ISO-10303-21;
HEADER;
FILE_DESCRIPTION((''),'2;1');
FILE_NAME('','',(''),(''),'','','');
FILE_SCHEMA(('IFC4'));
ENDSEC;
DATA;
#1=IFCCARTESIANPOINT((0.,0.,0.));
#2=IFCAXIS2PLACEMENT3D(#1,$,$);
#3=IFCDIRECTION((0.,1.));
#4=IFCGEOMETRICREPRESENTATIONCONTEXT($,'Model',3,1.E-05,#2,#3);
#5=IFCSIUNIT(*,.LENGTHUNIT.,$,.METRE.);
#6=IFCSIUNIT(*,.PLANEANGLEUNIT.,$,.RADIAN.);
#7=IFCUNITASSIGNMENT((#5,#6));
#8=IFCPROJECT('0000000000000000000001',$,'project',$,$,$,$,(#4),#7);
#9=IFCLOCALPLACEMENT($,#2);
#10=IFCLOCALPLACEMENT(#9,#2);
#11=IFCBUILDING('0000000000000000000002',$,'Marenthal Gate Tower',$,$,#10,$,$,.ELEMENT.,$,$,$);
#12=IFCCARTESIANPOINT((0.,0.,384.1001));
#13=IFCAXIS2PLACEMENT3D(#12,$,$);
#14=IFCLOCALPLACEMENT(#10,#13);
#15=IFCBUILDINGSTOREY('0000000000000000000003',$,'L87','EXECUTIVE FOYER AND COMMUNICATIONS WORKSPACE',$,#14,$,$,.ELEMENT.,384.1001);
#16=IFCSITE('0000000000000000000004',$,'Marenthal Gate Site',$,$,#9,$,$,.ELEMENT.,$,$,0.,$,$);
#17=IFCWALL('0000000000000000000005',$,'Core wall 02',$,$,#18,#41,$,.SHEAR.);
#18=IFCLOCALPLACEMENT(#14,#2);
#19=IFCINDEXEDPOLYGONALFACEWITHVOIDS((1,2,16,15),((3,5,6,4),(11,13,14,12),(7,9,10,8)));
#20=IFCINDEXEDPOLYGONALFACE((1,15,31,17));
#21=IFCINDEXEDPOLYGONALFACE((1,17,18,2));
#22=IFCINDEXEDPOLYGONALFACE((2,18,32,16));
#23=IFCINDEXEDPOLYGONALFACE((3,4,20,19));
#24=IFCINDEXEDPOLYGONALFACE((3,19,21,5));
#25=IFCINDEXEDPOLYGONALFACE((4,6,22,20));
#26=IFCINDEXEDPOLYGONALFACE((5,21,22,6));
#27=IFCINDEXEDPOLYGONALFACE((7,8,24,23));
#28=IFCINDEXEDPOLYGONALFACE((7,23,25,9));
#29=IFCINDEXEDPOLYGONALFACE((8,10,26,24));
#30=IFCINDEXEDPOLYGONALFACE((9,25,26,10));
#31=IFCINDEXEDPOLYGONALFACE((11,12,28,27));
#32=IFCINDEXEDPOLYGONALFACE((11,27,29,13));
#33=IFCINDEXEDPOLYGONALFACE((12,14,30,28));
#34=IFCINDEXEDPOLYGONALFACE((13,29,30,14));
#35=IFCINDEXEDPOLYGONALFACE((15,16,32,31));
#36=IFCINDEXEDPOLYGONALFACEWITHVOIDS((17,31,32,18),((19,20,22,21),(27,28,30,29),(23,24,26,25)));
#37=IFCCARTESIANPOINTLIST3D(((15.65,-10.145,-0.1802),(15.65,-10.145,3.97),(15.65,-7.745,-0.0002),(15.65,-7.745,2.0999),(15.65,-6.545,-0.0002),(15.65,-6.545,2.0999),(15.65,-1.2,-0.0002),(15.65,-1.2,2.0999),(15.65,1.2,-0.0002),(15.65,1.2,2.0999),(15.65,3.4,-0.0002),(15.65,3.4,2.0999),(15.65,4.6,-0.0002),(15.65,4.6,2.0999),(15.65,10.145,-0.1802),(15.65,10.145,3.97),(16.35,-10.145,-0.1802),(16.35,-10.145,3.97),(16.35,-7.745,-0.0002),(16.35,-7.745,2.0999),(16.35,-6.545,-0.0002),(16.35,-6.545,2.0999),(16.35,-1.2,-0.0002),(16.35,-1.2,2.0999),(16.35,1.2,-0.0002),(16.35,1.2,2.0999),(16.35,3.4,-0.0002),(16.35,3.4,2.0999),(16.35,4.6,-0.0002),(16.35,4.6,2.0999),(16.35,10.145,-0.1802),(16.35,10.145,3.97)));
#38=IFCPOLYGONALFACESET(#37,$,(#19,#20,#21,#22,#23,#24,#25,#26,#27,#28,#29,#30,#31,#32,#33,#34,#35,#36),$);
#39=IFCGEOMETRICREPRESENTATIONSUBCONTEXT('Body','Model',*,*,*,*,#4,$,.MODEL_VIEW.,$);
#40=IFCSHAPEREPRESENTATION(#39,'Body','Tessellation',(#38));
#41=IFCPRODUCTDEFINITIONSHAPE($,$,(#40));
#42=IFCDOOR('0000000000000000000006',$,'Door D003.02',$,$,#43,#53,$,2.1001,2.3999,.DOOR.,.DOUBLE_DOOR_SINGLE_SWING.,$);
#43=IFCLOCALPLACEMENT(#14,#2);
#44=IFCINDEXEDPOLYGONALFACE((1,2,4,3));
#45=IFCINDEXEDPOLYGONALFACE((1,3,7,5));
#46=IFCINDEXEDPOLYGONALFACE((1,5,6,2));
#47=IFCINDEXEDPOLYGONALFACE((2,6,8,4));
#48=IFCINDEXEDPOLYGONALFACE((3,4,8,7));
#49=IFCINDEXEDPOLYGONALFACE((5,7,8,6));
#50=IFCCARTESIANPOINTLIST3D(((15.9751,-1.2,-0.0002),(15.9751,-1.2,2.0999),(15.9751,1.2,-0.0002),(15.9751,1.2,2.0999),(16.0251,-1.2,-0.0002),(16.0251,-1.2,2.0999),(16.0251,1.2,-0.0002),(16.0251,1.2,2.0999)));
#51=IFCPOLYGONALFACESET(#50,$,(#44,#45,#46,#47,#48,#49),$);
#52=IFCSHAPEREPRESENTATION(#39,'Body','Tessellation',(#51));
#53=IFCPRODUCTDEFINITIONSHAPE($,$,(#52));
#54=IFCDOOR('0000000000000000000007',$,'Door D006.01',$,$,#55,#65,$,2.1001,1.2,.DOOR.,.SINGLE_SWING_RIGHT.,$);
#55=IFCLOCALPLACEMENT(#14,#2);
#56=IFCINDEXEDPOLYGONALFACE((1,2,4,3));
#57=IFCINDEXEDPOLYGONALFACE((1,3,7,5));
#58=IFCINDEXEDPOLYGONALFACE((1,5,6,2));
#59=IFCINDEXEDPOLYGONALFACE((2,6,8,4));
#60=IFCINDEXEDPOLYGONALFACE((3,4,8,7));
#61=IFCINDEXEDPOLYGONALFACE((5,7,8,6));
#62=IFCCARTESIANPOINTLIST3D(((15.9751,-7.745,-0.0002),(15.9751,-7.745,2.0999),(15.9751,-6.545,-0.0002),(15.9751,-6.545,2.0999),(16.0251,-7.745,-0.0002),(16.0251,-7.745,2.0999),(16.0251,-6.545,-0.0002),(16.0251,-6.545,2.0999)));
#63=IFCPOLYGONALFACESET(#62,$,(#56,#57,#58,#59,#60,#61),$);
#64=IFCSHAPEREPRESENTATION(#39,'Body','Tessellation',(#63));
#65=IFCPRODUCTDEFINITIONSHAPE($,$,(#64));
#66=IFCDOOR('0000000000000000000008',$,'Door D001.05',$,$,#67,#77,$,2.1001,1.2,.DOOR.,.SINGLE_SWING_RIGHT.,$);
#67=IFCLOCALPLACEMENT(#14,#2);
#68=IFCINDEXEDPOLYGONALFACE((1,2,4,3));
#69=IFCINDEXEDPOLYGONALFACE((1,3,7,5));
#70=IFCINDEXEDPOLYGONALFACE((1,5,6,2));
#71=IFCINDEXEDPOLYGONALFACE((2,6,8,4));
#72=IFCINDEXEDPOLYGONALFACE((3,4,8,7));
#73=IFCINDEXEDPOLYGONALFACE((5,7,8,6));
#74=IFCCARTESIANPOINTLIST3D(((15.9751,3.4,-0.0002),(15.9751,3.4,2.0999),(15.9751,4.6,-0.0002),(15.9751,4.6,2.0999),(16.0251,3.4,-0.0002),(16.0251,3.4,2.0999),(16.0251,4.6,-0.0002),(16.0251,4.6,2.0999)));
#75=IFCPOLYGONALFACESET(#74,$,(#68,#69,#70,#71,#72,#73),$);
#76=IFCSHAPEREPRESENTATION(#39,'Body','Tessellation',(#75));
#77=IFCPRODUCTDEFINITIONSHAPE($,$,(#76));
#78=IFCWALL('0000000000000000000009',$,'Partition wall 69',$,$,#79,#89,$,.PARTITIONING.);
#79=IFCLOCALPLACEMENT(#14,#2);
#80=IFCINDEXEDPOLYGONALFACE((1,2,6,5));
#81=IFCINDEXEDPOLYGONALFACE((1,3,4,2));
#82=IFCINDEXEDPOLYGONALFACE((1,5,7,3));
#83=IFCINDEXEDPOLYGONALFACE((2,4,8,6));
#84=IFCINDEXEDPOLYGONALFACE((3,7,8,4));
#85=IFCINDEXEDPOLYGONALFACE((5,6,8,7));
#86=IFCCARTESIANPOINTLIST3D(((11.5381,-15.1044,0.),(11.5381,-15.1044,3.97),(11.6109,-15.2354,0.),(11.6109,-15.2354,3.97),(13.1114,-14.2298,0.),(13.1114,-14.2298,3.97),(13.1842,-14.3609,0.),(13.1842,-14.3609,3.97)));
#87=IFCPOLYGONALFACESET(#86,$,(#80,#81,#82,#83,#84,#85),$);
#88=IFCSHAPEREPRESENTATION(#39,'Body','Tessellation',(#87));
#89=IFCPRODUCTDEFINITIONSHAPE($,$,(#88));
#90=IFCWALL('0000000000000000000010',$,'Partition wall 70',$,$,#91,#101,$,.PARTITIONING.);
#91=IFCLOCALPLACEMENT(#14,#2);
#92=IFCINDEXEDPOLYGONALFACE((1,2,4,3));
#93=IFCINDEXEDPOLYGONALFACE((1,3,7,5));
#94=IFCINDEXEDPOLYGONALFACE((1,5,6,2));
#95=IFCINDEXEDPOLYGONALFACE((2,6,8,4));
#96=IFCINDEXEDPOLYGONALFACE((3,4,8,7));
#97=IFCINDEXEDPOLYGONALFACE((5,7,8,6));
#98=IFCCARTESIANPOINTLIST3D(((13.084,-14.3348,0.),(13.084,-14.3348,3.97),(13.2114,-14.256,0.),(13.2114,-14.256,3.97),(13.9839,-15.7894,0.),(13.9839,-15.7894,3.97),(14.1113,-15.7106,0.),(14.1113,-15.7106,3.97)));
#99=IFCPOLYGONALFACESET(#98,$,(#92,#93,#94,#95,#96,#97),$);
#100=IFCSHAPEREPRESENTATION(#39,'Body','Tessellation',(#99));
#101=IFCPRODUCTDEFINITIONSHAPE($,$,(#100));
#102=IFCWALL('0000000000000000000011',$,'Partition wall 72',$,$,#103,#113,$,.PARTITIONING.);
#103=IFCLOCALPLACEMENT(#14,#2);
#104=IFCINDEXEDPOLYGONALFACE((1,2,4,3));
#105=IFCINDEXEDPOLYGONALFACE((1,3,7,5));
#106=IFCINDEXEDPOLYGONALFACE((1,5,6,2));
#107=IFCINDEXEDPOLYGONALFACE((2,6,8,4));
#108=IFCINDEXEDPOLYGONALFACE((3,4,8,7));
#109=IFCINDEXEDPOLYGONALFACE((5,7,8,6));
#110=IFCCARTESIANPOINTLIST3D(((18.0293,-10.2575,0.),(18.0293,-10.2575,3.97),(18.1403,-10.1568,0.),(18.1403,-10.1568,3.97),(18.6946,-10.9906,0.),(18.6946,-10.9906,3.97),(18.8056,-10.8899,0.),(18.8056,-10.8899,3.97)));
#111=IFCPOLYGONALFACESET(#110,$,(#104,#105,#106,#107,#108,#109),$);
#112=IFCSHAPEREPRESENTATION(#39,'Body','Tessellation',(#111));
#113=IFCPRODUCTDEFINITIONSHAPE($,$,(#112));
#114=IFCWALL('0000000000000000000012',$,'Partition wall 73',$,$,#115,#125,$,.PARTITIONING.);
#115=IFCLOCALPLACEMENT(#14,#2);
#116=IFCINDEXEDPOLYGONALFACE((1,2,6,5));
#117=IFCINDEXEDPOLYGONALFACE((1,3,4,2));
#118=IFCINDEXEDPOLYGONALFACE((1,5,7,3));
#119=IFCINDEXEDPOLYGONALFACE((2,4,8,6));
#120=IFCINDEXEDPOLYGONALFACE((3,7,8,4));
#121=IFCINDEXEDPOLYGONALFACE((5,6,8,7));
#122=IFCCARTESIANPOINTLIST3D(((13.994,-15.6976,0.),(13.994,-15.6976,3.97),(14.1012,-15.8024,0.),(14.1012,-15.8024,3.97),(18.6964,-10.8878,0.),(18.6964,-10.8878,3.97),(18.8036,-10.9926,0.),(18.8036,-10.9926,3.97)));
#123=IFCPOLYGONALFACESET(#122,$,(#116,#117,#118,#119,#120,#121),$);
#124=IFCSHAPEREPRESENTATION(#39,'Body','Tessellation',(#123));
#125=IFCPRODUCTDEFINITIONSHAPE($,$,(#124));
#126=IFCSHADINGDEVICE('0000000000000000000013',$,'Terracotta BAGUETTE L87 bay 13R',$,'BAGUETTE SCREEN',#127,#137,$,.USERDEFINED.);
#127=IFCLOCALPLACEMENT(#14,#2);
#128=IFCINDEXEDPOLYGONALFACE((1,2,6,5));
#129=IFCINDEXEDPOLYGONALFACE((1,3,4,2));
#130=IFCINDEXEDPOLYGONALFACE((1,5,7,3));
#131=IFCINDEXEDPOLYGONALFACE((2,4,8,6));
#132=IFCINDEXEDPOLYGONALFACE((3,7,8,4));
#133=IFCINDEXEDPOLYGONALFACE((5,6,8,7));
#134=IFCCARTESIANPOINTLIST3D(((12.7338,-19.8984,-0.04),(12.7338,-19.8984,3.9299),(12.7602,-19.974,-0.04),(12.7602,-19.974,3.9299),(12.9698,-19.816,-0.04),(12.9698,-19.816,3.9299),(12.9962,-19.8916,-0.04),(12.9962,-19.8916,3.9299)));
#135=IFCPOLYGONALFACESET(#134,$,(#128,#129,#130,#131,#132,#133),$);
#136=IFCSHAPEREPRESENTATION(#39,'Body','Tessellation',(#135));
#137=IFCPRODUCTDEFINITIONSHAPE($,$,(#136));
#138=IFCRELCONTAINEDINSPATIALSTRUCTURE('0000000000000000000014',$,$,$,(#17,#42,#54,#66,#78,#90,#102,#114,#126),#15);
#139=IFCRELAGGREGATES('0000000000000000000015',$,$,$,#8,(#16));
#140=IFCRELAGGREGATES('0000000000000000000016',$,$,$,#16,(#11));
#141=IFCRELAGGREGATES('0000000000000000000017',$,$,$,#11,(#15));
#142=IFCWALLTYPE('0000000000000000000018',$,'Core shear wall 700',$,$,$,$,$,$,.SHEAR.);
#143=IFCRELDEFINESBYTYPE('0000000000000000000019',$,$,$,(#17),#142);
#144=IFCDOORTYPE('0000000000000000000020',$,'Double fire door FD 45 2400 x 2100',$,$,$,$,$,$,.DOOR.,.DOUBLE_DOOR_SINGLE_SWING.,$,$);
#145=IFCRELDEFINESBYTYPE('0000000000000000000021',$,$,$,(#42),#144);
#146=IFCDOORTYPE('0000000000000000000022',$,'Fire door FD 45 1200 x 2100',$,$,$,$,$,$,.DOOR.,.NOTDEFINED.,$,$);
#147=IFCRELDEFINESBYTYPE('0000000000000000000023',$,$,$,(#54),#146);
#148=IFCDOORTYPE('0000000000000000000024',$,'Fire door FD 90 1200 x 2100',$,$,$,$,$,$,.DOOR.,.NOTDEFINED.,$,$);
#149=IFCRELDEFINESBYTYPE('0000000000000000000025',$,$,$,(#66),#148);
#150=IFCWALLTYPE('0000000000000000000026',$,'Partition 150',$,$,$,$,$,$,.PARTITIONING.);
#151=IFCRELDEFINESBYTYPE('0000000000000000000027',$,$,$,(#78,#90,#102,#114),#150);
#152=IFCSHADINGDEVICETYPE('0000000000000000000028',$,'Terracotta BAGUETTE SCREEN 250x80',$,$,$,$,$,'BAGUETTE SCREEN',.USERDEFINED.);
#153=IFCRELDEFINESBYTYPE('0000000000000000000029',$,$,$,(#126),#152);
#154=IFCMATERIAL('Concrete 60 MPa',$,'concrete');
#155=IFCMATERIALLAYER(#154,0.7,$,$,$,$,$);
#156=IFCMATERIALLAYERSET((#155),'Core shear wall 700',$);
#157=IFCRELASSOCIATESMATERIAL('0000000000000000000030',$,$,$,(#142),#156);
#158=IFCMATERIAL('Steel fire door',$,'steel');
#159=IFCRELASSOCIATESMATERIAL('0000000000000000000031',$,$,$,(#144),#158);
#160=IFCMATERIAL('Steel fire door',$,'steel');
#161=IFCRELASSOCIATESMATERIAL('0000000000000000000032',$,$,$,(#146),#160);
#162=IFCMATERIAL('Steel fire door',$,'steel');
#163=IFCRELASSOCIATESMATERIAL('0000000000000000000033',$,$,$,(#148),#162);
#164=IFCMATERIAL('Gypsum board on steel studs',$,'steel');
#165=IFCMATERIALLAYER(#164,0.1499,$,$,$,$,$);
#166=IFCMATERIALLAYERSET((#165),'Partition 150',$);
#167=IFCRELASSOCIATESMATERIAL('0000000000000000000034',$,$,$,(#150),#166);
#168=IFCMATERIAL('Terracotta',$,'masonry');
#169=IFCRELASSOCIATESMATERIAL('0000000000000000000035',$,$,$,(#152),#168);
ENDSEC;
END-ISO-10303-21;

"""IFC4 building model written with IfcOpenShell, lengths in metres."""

from ifc_helpers import new_model, si_unit, direction, frame, frame_2d, origin, origin_2d, place, context, subcontext, project, spatial, rectangle, extrude, material, layer, layer_set, material_profile, profile_set, type_object, element, fill, save


model = new_model("IFC4")

# Units and contexts
model_context = context("Model", 3, precision=1e-05, world=origin(), true_north=direction((0.0, 1.0)))
body_context = subcontext(model_context, "Body", "Model", "MODEL_VIEW")
ifc_project = project(units=[si_unit("LENGTHUNIT", "METRE"), si_unit("PLANEANGLEUNIT", "RADIAN")], contexts=[model_context])

# Site, building, storey
site_placement = place(None, origin())
site = spatial("IfcSite", under=ifc_project, at=site_placement, Name="Marenthal Gate Site", CompositionType="ELEMENT", RefElevation=0.0)
building_placement = place(site_placement, origin())
building = spatial("IfcBuilding", under=site, at=building_placement, Name="Marenthal Gate Tower", CompositionType="ELEMENT")
storey_placement = place(building_placement, frame((0.0, 0.0, 384.1001)))
storey = spatial("IfcBuildingStorey", under=building, at=storey_placement, Name="L87", Description="EXECUTIVE FOYER AND COMMUNICATIONS WORKSPACE", CompositionType="ELEMENT", Elevation=384.1001)

# Shared definitions
ifc_material_1 = material(Name="Concrete 60 MPa", Category="concrete")
ifc_layer_1 = layer(ifc_material_1, 0.7)
ifc_layer_set_1 = layer_set([ifc_layer_1], Name="Core shear wall 700")
wall_type_1 = type_object("IfcWallType", Name="Core shear wall 700", PredefinedType="SHEAR", material=ifc_layer_set_1)

# Wall, openings, doors
wall_1_placement = place(storey_placement, frame((16.0, -10.145, -0.1802), z_axis=(0.0, 0.0, 1.0), x_axis=(0.0, 1.0, 0.0)))
wall_1 = element("IfcWall", 1, at=wall_1_placement, inside=storey, type_object=wall_type_1, Name="Core wall 02", PredefinedType="SHEAR", context=body_context, shape_type="SweptSolid", body=[
    extrude(rectangle(XDim=20.29, YDim=0.7, at=frame_2d((10.145, 0.0))), origin(), (0.0, 0.0, 1.0), 4.1501),
])
opening_1_placement = place(wall_1_placement, frame((8.9451, 0.0, 0.1799)))
opening_1 = element("IfcOpeningElement", 2, at=opening_1_placement, cuts=wall_1, PredefinedType="OPENING", context=body_context, shape_type="SweptSolid", body=[
    extrude(rectangle(XDim=2.3999, YDim=2.1001, at=frame_2d((1.2, 1.05))), frame((0.0, 0.3599, 0.0), z_axis=(0.0, -1.0, 0.0), x_axis=(1.0, 0.0, 0.0)), (0.0, 0.0, 1.0), 0.72),
])
opening_2_placement = place(wall_1_placement, frame((13.5449, 0.0, 0.1799)))
opening_2 = element("IfcOpeningElement", 3, at=opening_2_placement, cuts=wall_1, PredefinedType="OPENING", context=body_context, shape_type="SweptSolid", body=[
    extrude(rectangle(XDim=1.2, YDim=2.1001, at=frame_2d((0.6001, 1.05))), frame((0.0, 0.3599, 0.0), z_axis=(0.0, -1.0, 0.0), x_axis=(1.0, 0.0, 0.0)), (0.0, 0.0, 1.0), 0.72),
])
opening_3_placement = place(wall_1_placement, frame((2.3999, 0.0, 0.1799)))
opening_3 = element("IfcOpeningElement", 4, at=opening_3_placement, cuts=wall_1, PredefinedType="OPENING", context=body_context, shape_type="SweptSolid", body=[
    extrude(rectangle(XDim=1.2, YDim=2.1001, at=frame_2d((0.6001, 1.05))), frame((0.0, 0.3599, 0.0), z_axis=(0.0, -1.0, 0.0), x_axis=(1.0, 0.0, 0.0)), (0.0, 0.0, 1.0), 0.72),
])
ifc_material_2 = material(Name="Steel fire door", Category="steel")
door_type_1 = type_object("IfcDoorType", Name="Double fire door FD 45 2400 x 2100", OperationType="DOUBLE_DOOR_SINGLE_SWING", PredefinedType="DOOR", material=ifc_material_2)
door_1_placement = place(opening_1_placement, origin())
door_1 = element("IfcDoor", 5, at=door_1_placement, inside=storey, type_object=door_type_1, Name="Door D003.02", OperationType="DOUBLE_DOOR_SINGLE_SWING", OverallHeight=2.1001, OverallWidth=2.3999, PredefinedType="DOOR", context=body_context, shape_type="SweptSolid", body=[
    extrude(rectangle(XDim=2.3999, YDim=2.1001, at=frame_2d((1.2, 1.05))), frame((0.0, 0.0249, 0.0), z_axis=(0.0, -1.0, 0.0), x_axis=(1.0, 0.0, 0.0)), (0.0, 0.0, 1.0), 0.05),
])
fill(opening_1, door_1)
ifc_material_3 = material(Name="Steel fire door", Category="steel")
door_type_2 = type_object("IfcDoorType", Name="Fire door FD 45 1200 x 2100", OperationType="NOTDEFINED", PredefinedType="DOOR", material=ifc_material_3)
door_2_placement = place(opening_3_placement, origin())
door_2 = element("IfcDoor", 6, at=door_2_placement, inside=storey, type_object=door_type_2, Name="Door D006.01", OperationType="SINGLE_SWING_RIGHT", OverallHeight=2.1001, OverallWidth=1.2, PredefinedType="DOOR", context=body_context, shape_type="SweptSolid", body=[
    extrude(rectangle(XDim=1.2, YDim=2.1001, at=frame_2d((0.6001, 1.05))), frame((0.0, 0.0249, 0.0), z_axis=(0.0, -1.0, 0.0), x_axis=(1.0, 0.0, 0.0)), (0.0, 0.0, 1.0), 0.05),
])
fill(opening_3, door_2)
ifc_material_4 = material(Name="Steel fire door", Category="steel")
door_type_3 = type_object("IfcDoorType", Name="Fire door FD 90 1200 x 2100", OperationType="NOTDEFINED", PredefinedType="DOOR", material=ifc_material_4)
door_3_placement = place(opening_2_placement, origin())
door_3 = element("IfcDoor", 7, at=door_3_placement, inside=storey, type_object=door_type_3, Name="Door D001.05", OperationType="SINGLE_SWING_RIGHT", OverallHeight=2.1001, OverallWidth=1.2, PredefinedType="DOOR", context=body_context, shape_type="SweptSolid", body=[
    extrude(rectangle(XDim=1.2, YDim=2.1001, at=frame_2d((0.6001, 1.05))), frame((0.0, 0.0249, 0.0), z_axis=(0.0, -1.0, 0.0), x_axis=(1.0, 0.0, 0.0)), (0.0, 0.0, 1.0), 0.05),
])
fill(opening_2, door_3)

# Walls
ifc_material_5 = material(Name="Gypsum board on steel studs", Category="steel")
ifc_layer_2 = layer(ifc_material_5, 0.1499)
ifc_layer_set_2 = layer_set([ifc_layer_2], Name="Partition 150")
wall_type_2 = type_object("IfcWallType", Name="Partition 150", PredefinedType="PARTITIONING", material=ifc_layer_set_2)
wall_2_placement = place(storey_placement, frame((13.1477, -14.2954, 0.0), z_axis=(0.0, 0.0, 1.0), x_axis=(-0.874042, -0.48585, 0.0)))
element("IfcWall", 8, at=wall_2_placement, inside=storey, type_object=wall_type_2, Name="Partition wall 69", PredefinedType="PARTITIONING", context=body_context, shape_type="SweptSolid", body=[
    extrude(rectangle(XDim=1.8, YDim=0.1499, at=frame_2d((0.8999, 0.0))), origin(), (0.0, 0.0, 1.0), 3.97),
])
wall_3_placement = place(storey_placement, frame((14.0476, -15.75, 0.0), z_axis=(0.0, 0.0, 1.0), x_axis=(-0.526119, 0.850411, 0.0)))
element("IfcWall", 9, at=wall_3_placement, inside=storey, type_object=wall_type_2, Name="Partition wall 70", PredefinedType="PARTITIONING", context=body_context, shape_type="SweptSolid", body=[
    extrude(rectangle(XDim=1.7104, YDim=0.1499, at=frame_2d((0.8552, 0.0))), origin(), (0.0, 0.0, 1.0), 3.97),
])
wall_4_placement = place(storey_placement, frame((18.0847, -10.207, 0.0), z_axis=(0.0, 0.0, 1.0), x_axis=(0.671997, -0.740553, 0.0)))
element("IfcWall", 10, at=wall_4_placement, inside=storey, type_object=wall_type_2, Name="Partition wall 72", PredefinedType="PARTITIONING", context=body_context, shape_type="SweptSolid", body=[
    extrude(rectangle(XDim=0.99, YDim=0.1499, at=frame_2d((0.4951, 0.0))), origin(), (0.0, 0.0, 1.0), 3.97),
])
wall_5_placement = place(storey_placement, frame((18.75, -10.9402, 0.0), z_axis=(0.0, 0.0, 1.0), x_axis=(-0.699077, -0.715047, 0.0)))
element("IfcWall", 11, at=wall_5_placement, inside=storey, type_object=wall_type_2, Name="Partition wall 73", PredefinedType="PARTITIONING", context=body_context, shape_type="SweptSolid", body=[
    extrude(rectangle(XDim=6.7266, YDim=0.1499, at=frame_2d((3.3633, 0.0))), origin(), (0.0, 0.0, 1.0), 3.97),
])

# Shading device
ifc_material_6 = material(Name="Terracotta", Category="masonry")
ifc_material_profile_1 = material_profile(ifc_material_6, rectangle(XDim=0.25, YDim=0.0801, at=origin_2d()), Name="Terracotta baguette 250x80")
ifc_profile_set_1 = profile_set([ifc_material_profile_1], Name="Terracotta")
shading_device_type = type_object("IfcShadingDeviceType", Name="Terracotta BAGUETTE SCREEN 250x80", ElementType="BAGUETTE SCREEN", PredefinedType="USERDEFINED", material=ifc_profile_set_1)
shading_device_placement = place(storey_placement, frame((12.865, -19.895, -0.04), z_axis=(0.0, 0.0, 1.0), x_axis=(0.944045, 0.329817, 0.0)))
element("IfcShadingDevice", 12, at=shading_device_placement, inside=storey, type_object=shading_device_type, Name="Terracotta BAGUETTE L87 bay 13R", ObjectType="BAGUETTE SCREEN", PredefinedType="USERDEFINED", context=body_context, shape_type="SweptSolid", body=[
    extrude(rectangle(XDim=0.25, YDim=0.0801, at=origin_2d()), origin(), (0.0, 0.0, 1.0), 3.97),
])

save(model, "model.ifc")
